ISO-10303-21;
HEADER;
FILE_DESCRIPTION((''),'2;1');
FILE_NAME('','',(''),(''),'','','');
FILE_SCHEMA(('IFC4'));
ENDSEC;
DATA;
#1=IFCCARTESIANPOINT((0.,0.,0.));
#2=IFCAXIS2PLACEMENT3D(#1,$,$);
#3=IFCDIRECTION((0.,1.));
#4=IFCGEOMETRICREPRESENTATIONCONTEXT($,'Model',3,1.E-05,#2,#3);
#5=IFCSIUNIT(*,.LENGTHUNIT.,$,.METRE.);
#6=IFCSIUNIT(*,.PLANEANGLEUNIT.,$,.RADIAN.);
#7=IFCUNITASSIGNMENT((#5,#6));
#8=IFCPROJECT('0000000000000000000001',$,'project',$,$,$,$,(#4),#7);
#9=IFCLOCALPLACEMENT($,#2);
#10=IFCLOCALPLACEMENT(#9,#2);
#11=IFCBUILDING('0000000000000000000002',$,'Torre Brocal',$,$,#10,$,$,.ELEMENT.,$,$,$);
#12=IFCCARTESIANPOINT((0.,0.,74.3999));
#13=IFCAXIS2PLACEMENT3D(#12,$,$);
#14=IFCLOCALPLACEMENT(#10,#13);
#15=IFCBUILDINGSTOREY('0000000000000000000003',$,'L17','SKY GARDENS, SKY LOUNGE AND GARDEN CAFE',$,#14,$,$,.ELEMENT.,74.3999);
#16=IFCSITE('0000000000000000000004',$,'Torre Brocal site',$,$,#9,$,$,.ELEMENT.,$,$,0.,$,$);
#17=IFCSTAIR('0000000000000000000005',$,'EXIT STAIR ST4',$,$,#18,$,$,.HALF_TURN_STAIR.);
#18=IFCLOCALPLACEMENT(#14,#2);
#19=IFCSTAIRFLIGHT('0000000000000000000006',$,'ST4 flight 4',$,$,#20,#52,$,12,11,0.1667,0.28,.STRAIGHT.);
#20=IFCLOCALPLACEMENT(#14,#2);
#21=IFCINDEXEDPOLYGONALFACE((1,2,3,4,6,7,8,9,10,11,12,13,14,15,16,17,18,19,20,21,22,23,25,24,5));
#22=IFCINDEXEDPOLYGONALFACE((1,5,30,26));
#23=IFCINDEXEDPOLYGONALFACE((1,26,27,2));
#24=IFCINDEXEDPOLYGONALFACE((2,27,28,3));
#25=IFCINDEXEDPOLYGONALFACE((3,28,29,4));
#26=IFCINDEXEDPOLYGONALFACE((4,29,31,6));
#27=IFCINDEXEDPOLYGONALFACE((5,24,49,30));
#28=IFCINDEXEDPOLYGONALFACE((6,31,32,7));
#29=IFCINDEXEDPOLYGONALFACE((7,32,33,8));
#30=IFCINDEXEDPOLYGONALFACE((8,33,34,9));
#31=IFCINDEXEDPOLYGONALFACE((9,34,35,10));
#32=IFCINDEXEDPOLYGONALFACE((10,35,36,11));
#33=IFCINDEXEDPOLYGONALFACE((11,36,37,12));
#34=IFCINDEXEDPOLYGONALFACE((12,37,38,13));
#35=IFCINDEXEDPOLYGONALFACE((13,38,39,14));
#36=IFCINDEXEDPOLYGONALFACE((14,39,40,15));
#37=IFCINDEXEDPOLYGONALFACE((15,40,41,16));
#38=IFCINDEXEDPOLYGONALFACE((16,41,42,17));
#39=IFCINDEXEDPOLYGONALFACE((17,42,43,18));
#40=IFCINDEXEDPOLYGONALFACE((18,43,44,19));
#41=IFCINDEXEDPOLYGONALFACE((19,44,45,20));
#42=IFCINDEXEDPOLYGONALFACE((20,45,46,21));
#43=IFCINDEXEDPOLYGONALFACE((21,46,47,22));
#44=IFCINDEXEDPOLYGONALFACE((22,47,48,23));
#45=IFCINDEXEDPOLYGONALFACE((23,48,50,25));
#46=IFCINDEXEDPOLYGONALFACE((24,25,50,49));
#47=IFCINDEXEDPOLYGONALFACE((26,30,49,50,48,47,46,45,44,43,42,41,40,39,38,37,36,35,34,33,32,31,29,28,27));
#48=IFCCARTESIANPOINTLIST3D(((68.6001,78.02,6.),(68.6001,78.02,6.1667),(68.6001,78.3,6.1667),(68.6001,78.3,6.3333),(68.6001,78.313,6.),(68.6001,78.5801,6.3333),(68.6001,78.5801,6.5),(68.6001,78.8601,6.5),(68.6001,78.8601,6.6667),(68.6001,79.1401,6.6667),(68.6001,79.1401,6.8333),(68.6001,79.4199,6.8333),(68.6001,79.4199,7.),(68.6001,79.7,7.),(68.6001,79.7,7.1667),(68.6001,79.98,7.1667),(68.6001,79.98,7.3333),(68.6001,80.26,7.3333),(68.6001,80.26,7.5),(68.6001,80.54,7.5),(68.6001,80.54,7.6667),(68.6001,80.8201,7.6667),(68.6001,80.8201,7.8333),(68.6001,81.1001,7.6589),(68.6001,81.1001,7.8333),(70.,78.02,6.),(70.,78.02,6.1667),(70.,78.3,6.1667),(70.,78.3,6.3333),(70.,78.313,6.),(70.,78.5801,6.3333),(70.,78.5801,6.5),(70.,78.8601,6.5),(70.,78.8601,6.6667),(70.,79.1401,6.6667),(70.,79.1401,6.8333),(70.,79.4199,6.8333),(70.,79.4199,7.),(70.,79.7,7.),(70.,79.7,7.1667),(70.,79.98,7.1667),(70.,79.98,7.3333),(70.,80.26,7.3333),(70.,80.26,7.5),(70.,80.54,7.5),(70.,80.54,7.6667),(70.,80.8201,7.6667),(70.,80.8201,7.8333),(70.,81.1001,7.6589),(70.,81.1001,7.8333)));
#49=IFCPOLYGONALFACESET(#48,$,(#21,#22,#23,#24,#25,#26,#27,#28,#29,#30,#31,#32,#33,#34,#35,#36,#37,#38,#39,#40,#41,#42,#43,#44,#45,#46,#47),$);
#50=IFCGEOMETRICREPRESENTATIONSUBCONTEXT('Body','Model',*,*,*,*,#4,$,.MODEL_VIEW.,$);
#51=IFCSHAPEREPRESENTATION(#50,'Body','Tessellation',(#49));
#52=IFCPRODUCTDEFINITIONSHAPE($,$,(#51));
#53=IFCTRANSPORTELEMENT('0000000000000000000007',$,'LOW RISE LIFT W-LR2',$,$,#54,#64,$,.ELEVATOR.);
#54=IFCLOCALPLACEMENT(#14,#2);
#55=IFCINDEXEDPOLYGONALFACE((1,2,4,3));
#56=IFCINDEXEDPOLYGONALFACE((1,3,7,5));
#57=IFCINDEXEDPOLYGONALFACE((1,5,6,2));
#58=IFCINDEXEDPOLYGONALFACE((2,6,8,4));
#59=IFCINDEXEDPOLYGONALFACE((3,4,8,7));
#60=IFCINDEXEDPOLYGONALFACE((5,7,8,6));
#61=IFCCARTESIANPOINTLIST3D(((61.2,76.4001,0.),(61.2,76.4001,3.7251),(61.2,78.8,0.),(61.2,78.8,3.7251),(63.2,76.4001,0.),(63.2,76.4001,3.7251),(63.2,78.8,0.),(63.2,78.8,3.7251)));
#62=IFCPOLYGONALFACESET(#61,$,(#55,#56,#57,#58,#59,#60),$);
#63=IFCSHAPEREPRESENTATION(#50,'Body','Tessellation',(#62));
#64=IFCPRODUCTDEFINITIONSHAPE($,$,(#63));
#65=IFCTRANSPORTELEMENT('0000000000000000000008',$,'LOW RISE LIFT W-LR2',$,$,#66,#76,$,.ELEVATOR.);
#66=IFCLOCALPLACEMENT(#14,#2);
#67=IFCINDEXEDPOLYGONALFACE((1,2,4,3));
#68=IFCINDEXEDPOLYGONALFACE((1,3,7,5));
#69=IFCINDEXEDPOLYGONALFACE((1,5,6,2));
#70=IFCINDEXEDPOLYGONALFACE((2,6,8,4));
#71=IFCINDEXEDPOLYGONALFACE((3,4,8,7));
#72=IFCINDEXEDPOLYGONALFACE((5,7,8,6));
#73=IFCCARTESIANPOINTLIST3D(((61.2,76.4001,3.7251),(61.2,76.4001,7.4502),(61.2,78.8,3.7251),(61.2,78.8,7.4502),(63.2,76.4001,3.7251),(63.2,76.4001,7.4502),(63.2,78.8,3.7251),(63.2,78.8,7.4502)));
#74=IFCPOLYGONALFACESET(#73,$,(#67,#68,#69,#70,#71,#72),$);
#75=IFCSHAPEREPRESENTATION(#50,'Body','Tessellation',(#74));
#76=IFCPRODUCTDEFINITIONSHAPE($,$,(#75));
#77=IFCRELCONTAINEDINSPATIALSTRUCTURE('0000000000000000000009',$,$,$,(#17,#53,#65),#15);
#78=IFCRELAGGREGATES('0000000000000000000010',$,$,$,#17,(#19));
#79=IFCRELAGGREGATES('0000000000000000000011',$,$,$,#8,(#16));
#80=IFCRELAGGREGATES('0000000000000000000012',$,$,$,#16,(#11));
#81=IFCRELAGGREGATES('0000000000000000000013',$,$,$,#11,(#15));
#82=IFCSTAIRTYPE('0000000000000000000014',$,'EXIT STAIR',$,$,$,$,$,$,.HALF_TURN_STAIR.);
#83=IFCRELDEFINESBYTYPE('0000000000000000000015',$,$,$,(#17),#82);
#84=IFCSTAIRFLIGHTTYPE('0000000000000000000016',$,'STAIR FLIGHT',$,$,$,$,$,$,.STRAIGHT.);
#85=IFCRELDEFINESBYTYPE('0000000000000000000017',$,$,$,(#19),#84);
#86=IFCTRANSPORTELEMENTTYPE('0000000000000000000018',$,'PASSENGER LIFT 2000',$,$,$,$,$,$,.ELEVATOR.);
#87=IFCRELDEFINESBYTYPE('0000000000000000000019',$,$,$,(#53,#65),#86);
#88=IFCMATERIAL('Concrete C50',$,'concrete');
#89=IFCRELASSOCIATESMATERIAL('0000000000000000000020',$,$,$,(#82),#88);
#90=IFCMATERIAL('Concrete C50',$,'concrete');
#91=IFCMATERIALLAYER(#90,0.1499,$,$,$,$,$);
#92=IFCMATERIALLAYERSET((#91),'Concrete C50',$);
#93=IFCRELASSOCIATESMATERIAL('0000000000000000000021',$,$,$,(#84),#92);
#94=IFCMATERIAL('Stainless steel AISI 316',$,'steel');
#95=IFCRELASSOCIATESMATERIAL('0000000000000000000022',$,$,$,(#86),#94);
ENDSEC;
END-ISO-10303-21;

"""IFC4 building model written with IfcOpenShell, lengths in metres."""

from ifc_helpers import new_model, si_unit, direction, frame, origin, origin_2d, place, context, subcontext, project, spatial, polyline, rectangle, outline, extrude, material, layer, layer_set, type_object, element, aggregate, save


model = new_model("IFC4")

# Units and contexts
model_context = context("Model", 3, precision=1e-05, world=origin(), true_north=direction((0.0, 1.0)))
body_context = subcontext(model_context, "Body", "Model", "MODEL_VIEW")
ifc_project = project(units=[si_unit("LENGTHUNIT", "METRE"), si_unit("PLANEANGLEUNIT", "RADIAN")], contexts=[model_context])

# Site, building, storey
site_placement = place(None, origin())
site = spatial("IfcSite", under=ifc_project, at=site_placement, Name="Torre Brocal site", CompositionType="ELEMENT", RefElevation=0.0)
building_placement = place(site_placement, origin())
building = spatial("IfcBuilding", under=site, at=building_placement, Name="Torre Brocal", CompositionType="ELEMENT")
storey_placement = place(building_placement, frame((0.0, 0.0, 74.3999)))
storey = spatial("IfcBuildingStorey", under=building, at=storey_placement, Name="L17", Description="SKY GARDENS, SKY LOUNGE AND GARDEN CAFE", CompositionType="ELEMENT", Elevation=74.3999)

# Stair, stair flight
ifc_material_1 = material(Name="Concrete C50", Category="concrete")
stair_type = type_object("IfcStairType", Name="EXIT STAIR", PredefinedType="HALF_TURN_STAIR", material=ifc_material_1)
stair_placement = place(storey_placement, origin())
stair = element("IfcStair", 1, at=stair_placement, inside=storey, type_object=stair_type, Name="EXIT STAIR ST4", PredefinedType="HALF_TURN_STAIR")
ifc_material_2 = material(Name="Concrete C50", Category="concrete")
ifc_layer_1 = layer(ifc_material_2, 0.1499)
ifc_layer_set_1 = layer_set([ifc_layer_1], Name="Concrete C50")
stair_flight_type = type_object("IfcStairFlightType", Name="STAIR FLIGHT", PredefinedType="STRAIGHT", material=ifc_layer_set_1)
stair_flight_1_placement = place(storey_placement, frame((69.3, 78.02, 6.0), z_axis=(0.0, 0.0, 1.0), x_axis=(0.0, 1.0, 0.0)))
stair_flight_1 = element("IfcStairFlight", 2, at=stair_flight_1_placement, type_object=stair_flight_type, Name="ST4 flight 4", NumberOfRisers=12, NumberOfTreads=11, PredefinedType="STRAIGHT", RiserHeight=0.1667, TreadLength=0.28, context=body_context, shape_type="SweptSolid", body=[
    extrude(outline(polyline([(0.0, 0.0), (0.0, 0.1667), (0.28, 0.1667), (0.28, 0.3333), (0.5601, 0.3333), (0.5601, 0.5), (0.8401, 0.5), (0.8401, 0.6667), (1.1201, 0.6667), (1.1201, 0.8333), (1.3999, 0.8333), (1.3999, 1.0), (1.6799, 1.0), (1.6799, 1.1667), (1.96, 1.1667), (1.96, 1.3333), (2.24, 1.3333), (2.24, 1.5), (2.52, 1.5), (2.52, 1.6667), (2.8, 1.6667), (2.8, 1.8333), (3.0801, 1.8333), (3.0801, 2.0), (3.0801, 1.6589), (0.293, 0.0), (0.0, 0.0)])), frame((0.0, 0.7, 0.0), z_axis=(0.0, -1.0, 0.0), x_axis=(1.0, 0.0, 0.0)), (0.0, 0.0, 1.0), 1.3999),
])
aggregate(stair, [stair_flight_1])

# Transport elements
ifc_material_3 = material(Name="Stainless steel AISI 316", Category="steel")
transport_element_type = type_object("IfcTransportElementType", Name="PASSENGER LIFT 2000", PredefinedType="ELEVATOR", material=ifc_material_3)
for number, where, z_axis, x_axis, name in (
    (3, (62.2, 77.6001, 0.0), (0.0, 0.0, 1.0), (1.0, 0.0, 0.0), "LOW RISE LIFT W-LR2"),
    (4, (62.2, 77.6001, 3.7251), (0.0, 0.0, 1.0), (1.0, 0.0, 0.0), "LOW RISE LIFT W-LR2"),
):
    element("IfcTransportElement", number, at=place(storey_placement, frame(where, z_axis=z_axis, x_axis=x_axis)), inside=storey, type_object=transport_element_type, Name=name, PredefinedType="ELEVATOR", context=body_context, shape_type="SweptSolid", body=[
        extrude(rectangle(XDim=2.0, YDim=2.3999, at=origin_2d()), origin(), (0.0, 0.0, 1.0), 3.7251),
    ])

save(model, "model.ifc")
